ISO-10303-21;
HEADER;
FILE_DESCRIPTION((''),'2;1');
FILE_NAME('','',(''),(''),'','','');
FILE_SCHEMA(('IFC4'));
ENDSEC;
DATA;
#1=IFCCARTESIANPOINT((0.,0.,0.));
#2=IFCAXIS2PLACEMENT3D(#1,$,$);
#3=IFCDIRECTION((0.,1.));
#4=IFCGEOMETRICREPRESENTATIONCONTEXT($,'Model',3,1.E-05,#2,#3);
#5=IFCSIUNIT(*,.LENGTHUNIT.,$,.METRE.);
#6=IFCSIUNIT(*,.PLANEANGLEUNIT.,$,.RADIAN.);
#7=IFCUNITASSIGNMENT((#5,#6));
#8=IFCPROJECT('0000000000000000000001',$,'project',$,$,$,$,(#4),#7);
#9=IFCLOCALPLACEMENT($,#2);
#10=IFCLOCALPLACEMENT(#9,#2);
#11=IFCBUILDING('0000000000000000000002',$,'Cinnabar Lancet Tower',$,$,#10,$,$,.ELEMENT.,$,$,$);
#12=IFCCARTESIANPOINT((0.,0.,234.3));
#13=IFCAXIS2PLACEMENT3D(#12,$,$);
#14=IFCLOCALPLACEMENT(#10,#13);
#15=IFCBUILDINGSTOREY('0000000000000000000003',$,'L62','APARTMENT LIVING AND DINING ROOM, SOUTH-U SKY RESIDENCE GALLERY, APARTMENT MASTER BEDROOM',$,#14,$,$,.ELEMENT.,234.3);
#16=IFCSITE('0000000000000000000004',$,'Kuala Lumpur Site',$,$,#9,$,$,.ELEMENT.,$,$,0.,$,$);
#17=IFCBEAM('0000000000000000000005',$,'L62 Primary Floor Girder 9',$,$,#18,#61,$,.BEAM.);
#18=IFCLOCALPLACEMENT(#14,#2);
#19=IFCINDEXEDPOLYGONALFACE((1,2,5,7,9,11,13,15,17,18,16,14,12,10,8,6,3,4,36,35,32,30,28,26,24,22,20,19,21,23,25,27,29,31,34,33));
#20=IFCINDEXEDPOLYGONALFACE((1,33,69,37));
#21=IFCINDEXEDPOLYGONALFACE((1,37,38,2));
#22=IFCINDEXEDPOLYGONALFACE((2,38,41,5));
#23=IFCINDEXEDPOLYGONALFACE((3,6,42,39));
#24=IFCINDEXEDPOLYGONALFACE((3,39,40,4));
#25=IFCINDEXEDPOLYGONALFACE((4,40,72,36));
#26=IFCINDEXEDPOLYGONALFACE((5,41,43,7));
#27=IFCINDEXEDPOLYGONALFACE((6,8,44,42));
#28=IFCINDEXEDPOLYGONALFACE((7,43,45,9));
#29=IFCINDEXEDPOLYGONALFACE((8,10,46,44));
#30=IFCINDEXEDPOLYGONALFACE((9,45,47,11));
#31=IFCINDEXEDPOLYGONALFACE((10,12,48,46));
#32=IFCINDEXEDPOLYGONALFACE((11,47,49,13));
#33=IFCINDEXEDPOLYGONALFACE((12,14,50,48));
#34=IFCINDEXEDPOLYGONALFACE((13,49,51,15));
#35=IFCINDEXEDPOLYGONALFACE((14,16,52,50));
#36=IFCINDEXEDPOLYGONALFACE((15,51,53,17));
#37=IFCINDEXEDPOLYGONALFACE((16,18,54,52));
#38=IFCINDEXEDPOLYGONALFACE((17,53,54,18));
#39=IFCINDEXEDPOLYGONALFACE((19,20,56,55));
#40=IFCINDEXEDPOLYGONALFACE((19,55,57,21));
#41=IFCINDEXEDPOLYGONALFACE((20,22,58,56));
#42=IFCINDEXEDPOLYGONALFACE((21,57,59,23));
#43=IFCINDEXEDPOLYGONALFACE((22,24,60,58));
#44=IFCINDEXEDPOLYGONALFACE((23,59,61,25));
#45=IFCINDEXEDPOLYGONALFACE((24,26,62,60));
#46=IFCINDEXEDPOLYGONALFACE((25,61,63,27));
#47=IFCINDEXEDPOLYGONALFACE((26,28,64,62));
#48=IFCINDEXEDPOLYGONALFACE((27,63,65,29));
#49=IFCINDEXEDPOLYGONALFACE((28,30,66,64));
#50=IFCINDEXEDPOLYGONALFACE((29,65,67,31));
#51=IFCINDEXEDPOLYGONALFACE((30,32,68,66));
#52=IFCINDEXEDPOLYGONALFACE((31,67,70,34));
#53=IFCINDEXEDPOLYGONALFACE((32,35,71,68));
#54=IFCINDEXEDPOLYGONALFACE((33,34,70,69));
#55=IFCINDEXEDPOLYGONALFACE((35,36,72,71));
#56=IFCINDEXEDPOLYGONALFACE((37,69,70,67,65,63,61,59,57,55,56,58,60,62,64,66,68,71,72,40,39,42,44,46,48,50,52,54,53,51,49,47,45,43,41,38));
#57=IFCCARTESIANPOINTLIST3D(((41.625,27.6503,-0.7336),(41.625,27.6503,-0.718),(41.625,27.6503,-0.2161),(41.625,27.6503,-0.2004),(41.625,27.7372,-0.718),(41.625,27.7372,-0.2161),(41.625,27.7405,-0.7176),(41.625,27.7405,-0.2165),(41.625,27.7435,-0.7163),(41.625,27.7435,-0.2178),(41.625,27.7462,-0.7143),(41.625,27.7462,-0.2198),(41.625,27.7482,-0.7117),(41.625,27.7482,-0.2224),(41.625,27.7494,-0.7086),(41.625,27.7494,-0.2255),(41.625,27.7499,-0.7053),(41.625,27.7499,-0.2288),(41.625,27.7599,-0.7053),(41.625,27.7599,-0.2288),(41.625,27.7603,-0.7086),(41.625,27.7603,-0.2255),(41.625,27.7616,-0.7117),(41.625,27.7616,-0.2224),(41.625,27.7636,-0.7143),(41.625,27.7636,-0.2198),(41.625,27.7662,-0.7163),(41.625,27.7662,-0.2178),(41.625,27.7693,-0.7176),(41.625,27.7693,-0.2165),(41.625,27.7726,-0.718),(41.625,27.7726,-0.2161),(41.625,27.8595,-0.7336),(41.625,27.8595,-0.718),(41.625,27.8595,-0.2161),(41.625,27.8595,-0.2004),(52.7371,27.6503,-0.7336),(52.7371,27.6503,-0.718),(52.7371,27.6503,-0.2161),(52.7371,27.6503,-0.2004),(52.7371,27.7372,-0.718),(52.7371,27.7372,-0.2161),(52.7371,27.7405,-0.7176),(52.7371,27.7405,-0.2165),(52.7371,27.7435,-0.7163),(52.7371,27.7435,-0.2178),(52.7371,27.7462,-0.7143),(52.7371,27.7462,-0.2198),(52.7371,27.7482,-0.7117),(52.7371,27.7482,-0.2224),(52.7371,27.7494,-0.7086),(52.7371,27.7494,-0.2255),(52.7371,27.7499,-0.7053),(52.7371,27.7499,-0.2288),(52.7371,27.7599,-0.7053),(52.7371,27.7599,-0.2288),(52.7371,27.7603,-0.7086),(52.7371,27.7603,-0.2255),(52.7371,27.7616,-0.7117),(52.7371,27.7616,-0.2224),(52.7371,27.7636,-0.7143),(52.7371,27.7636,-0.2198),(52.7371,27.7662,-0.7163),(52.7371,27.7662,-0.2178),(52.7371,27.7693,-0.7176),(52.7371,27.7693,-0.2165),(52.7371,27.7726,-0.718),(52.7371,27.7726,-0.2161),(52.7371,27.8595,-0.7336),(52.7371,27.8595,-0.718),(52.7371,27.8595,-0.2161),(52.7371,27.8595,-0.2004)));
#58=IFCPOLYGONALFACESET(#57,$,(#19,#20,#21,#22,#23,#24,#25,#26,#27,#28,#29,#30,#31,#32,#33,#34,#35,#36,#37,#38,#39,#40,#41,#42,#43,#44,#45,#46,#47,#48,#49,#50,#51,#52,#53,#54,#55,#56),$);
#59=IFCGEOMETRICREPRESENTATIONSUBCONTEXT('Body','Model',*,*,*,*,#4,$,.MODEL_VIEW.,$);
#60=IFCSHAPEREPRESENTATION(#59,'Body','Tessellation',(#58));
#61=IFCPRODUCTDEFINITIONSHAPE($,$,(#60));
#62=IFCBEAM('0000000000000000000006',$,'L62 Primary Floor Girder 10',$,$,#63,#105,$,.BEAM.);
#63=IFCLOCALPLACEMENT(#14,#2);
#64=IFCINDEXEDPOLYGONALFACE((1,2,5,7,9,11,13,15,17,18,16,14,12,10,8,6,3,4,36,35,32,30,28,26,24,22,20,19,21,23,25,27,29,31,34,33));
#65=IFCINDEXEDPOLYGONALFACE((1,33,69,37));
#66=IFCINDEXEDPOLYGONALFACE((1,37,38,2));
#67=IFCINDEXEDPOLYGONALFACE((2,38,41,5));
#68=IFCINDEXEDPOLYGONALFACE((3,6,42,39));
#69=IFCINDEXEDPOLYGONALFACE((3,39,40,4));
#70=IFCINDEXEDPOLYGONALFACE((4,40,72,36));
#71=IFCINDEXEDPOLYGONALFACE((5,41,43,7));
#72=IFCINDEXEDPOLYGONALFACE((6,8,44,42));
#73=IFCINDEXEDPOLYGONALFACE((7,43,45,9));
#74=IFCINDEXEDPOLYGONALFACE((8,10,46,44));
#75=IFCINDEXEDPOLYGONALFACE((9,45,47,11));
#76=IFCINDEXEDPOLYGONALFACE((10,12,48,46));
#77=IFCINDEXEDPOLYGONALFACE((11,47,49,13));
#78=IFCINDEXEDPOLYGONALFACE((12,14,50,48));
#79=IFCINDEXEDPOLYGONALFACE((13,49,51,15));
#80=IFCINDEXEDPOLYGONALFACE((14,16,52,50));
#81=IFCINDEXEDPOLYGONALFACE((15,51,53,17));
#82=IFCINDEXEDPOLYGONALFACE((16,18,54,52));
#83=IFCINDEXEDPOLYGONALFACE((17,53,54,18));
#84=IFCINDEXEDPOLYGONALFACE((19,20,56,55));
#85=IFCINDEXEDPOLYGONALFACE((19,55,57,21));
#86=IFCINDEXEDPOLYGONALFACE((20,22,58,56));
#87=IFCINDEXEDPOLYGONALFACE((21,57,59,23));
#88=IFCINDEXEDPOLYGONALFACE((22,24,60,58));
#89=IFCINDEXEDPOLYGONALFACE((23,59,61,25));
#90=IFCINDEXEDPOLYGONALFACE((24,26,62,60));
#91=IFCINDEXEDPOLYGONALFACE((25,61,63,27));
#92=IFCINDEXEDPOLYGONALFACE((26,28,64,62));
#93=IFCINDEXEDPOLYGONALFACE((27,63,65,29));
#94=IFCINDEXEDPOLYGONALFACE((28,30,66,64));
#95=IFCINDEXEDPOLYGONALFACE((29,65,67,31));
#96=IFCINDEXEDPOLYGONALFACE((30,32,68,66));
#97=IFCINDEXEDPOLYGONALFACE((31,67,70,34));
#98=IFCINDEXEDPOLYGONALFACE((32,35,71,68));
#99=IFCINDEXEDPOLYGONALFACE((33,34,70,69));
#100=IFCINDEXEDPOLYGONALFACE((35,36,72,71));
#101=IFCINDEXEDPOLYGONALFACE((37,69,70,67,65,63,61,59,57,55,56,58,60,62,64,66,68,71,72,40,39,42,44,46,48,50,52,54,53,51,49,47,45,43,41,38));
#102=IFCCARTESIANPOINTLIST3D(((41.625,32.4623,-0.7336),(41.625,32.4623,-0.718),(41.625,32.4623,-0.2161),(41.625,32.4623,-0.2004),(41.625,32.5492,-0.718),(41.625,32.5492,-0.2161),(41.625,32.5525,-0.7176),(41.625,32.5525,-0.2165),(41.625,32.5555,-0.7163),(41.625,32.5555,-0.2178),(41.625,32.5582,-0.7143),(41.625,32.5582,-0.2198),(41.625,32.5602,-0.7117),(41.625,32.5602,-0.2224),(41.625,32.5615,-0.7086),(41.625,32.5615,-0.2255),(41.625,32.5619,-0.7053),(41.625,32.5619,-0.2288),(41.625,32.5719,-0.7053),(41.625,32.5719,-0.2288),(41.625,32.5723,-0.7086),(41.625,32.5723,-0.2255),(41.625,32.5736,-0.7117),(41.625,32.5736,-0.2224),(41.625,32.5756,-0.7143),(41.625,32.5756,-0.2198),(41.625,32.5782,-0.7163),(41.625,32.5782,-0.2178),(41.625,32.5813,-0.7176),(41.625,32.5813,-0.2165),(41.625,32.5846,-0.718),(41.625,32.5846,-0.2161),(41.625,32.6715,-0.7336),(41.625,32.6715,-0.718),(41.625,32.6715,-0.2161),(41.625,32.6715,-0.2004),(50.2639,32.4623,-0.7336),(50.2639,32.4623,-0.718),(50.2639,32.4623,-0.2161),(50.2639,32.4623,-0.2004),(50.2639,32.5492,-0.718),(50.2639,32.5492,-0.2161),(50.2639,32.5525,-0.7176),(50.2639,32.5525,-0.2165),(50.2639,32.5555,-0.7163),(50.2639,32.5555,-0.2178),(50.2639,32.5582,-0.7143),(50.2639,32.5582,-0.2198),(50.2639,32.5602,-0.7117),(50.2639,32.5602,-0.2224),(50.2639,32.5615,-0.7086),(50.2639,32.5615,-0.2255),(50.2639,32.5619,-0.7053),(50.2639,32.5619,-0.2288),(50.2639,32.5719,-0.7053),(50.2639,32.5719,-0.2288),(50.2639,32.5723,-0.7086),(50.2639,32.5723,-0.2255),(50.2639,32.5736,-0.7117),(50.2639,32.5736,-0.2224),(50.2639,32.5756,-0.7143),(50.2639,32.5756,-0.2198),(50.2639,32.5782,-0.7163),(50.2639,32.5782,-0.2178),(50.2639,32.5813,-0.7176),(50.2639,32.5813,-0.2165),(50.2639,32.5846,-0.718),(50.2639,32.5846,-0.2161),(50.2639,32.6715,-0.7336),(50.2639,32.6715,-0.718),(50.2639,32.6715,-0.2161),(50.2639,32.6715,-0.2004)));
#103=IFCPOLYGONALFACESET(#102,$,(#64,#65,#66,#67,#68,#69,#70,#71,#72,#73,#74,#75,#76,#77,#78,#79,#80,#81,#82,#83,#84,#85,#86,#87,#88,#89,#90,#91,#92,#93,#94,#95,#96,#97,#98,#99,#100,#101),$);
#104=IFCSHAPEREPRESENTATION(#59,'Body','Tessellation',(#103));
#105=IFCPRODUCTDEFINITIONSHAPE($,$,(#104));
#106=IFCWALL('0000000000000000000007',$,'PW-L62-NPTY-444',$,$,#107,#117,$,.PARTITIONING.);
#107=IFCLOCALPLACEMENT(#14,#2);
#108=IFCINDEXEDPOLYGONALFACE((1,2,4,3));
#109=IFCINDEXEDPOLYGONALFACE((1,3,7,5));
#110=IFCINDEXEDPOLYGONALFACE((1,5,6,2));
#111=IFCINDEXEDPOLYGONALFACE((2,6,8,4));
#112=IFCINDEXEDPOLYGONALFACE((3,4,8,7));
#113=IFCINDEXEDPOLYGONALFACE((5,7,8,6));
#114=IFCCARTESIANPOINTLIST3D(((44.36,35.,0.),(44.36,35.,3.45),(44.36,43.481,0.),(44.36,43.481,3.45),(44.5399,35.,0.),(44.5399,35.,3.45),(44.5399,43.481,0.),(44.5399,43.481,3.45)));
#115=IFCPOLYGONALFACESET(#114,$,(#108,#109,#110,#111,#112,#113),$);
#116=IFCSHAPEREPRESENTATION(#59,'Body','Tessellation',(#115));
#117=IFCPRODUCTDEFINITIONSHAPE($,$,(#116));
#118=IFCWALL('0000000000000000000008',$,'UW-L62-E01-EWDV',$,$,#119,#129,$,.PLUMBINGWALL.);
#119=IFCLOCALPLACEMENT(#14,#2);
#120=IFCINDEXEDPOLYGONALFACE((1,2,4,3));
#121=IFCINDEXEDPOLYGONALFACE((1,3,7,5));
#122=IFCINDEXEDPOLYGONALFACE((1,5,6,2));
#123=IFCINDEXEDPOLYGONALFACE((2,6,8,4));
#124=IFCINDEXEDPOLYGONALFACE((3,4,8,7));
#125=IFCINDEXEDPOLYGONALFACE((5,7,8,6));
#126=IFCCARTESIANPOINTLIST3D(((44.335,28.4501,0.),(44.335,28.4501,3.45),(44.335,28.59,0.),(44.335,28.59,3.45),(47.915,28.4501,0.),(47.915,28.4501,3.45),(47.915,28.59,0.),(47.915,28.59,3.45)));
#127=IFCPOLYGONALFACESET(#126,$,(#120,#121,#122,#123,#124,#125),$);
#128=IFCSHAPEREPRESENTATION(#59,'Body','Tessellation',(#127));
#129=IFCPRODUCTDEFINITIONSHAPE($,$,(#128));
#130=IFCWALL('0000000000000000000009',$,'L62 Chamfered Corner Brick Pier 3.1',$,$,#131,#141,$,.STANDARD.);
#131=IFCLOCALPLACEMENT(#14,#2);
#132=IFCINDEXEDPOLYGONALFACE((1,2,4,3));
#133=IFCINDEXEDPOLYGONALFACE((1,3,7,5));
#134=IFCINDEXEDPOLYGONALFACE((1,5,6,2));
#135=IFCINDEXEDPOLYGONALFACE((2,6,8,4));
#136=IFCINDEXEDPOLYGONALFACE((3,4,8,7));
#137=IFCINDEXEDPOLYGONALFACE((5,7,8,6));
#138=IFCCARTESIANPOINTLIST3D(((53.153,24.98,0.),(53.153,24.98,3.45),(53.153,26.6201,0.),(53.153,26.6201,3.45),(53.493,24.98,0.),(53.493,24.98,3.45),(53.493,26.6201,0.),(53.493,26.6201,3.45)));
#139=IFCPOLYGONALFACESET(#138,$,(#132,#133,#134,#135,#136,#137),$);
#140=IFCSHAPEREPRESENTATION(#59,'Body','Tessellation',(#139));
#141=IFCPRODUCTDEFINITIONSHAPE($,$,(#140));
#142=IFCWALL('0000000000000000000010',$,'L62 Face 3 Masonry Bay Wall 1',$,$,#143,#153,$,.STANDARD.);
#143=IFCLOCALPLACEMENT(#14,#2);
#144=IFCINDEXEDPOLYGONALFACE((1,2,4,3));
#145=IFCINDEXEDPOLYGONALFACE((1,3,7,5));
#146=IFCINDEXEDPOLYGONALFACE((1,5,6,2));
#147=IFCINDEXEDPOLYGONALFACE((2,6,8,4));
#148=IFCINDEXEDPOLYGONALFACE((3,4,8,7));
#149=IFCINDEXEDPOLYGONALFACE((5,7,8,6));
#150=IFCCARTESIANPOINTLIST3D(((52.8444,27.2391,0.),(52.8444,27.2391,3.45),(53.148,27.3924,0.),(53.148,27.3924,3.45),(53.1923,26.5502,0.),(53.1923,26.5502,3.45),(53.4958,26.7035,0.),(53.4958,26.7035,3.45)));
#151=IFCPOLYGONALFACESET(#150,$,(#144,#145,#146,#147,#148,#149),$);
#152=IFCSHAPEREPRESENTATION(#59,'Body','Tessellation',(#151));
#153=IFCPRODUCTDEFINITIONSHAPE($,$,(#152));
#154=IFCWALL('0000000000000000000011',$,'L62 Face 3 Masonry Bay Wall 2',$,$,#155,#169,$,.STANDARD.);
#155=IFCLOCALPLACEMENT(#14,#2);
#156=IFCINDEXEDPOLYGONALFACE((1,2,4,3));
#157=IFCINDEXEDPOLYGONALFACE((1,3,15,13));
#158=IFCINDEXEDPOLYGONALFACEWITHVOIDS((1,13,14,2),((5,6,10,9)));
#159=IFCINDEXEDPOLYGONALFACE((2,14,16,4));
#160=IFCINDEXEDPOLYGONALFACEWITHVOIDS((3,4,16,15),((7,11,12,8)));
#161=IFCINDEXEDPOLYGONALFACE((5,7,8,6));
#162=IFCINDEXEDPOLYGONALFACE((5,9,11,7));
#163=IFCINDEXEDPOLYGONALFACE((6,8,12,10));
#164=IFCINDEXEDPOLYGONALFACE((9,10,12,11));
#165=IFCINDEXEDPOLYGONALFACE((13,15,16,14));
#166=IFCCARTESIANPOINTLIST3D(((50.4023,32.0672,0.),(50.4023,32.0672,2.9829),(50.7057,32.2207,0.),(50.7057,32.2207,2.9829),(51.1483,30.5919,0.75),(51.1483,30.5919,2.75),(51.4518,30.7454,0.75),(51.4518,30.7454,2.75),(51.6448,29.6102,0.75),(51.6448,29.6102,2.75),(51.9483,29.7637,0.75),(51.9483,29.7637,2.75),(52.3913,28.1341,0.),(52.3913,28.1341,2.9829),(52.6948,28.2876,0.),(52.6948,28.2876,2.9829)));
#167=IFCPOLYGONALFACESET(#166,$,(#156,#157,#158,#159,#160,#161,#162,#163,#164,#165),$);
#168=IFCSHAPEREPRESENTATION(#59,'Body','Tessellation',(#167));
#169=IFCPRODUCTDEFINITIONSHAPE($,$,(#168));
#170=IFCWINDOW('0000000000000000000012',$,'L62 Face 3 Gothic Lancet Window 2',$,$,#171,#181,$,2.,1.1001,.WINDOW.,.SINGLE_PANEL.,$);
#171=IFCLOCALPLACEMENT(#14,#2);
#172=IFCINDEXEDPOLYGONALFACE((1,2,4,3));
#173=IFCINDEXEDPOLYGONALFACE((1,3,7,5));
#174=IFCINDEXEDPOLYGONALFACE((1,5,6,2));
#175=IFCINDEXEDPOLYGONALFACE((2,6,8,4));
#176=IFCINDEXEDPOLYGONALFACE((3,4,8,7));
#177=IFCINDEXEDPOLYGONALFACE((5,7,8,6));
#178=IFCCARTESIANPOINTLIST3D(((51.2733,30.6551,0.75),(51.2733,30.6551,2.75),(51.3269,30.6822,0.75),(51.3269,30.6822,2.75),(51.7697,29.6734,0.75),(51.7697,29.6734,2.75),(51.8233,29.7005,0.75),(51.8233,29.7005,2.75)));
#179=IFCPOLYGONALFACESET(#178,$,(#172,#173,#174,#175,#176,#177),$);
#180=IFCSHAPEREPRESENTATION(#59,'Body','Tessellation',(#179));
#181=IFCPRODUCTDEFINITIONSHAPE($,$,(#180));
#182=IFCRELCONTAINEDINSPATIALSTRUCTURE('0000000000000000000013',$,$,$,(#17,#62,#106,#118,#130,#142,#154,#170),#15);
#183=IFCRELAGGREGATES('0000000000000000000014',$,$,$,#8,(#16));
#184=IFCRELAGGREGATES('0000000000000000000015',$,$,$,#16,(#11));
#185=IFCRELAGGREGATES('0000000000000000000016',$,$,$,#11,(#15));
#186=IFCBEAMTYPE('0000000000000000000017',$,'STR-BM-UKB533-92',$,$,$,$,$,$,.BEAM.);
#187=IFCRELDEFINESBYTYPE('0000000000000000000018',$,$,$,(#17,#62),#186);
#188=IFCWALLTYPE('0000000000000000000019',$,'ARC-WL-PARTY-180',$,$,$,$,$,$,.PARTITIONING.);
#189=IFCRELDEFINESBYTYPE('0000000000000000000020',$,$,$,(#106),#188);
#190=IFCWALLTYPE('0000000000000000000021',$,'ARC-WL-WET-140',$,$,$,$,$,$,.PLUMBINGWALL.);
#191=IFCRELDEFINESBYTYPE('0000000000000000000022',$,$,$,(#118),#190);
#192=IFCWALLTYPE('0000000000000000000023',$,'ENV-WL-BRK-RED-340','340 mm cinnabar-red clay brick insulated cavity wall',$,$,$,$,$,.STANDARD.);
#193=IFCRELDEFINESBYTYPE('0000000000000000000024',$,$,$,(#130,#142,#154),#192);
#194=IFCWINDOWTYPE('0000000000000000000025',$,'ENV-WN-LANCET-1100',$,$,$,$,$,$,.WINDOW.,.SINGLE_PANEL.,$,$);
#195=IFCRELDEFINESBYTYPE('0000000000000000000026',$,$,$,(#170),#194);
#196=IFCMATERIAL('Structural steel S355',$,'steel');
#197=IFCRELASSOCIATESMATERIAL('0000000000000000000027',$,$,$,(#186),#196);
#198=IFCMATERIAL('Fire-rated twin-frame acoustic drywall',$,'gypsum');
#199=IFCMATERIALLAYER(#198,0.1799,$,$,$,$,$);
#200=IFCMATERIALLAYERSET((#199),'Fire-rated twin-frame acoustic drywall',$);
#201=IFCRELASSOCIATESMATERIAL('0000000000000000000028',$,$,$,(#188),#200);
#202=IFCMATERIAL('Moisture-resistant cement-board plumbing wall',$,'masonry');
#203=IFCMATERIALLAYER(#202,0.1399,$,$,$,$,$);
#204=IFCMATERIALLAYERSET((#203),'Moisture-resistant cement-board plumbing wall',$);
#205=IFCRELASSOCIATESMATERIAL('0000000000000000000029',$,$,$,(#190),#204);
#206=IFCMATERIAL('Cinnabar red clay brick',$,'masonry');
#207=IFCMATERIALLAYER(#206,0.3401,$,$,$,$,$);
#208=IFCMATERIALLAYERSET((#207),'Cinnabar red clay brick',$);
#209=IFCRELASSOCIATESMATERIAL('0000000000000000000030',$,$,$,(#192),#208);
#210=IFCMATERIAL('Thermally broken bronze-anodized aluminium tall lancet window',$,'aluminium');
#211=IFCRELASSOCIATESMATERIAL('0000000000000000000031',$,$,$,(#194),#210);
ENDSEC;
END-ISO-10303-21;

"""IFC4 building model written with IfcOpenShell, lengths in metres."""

from ifc_helpers import new_model, si_unit, direction, frame, frame_2d, origin, origin_2d, place, context, subcontext, project, spatial, rectangle, i_section, extrude, material, layer, layer_set, material_profile, profile_set, type_object, element, fill, save


model = new_model("IFC4")

# Units and contexts
model_context = context("Model", 3, precision=1e-05, world=origin(), true_north=direction((0.0, 1.0)))
body_context = subcontext(model_context, "Body", "Model", "MODEL_VIEW")
ifc_project = project(units=[si_unit("LENGTHUNIT", "METRE"), si_unit("PLANEANGLEUNIT", "RADIAN")], contexts=[model_context])

# Site, building, storey
site_placement = place(None, origin())
site = spatial("IfcSite", under=ifc_project, at=site_placement, Name="Kuala Lumpur Site", CompositionType="ELEMENT", RefElevation=0.0)
building_placement = place(site_placement, origin())
building = spatial("IfcBuilding", under=site, at=building_placement, Name="Cinnabar Lancet Tower", CompositionType="ELEMENT")
storey_placement = place(building_placement, frame((0.0, 0.0, 234.3)))
storey = spatial("IfcBuildingStorey", under=building, at=storey_placement, Name="L62", Description="APARTMENT LIVING AND DINING ROOM, SOUTH-U SKY RESIDENCE GALLERY, APARTMENT MASTER BEDROOM", CompositionType="ELEMENT", Elevation=234.3)

# Beams
ifc_material_1 = material(Name="Structural steel S355", Category="steel")
ifc_material_profile_1 = material_profile(ifc_material_1, i_section(OverallWidth=0.2092, OverallDepth=0.5332, WebThickness=0.01, FlangeThickness=0.0156, FilletRadius=0.0127, at=origin_2d()), Name="UKB 533x210x92")
ifc_profile_set_1 = profile_set([ifc_material_profile_1], Name="Structural steel S355")
beam_type_1 = type_object("IfcBeamType", Name="STR-BM-UKB533-92", PredefinedType="BEAM", material=ifc_profile_set_1)
beam_1_placement = place(storey_placement, frame((52.7371, 27.7549, -0.467), z_axis=(-1.0, 0.0, 0.0), x_axis=(0.0, -1.0, 0.0)))
element("IfcBeam", 1, at=beam_1_placement, inside=storey, type_object=beam_type_1, Name="L62 Primary Floor Girder 9", PredefinedType="BEAM", context=body_context, shape_type="SweptSolid", body=[
    extrude(i_section(OverallWidth=0.2092, OverallDepth=0.5332, WebThickness=0.01, FlangeThickness=0.0156, FilletRadius=0.0127, at=origin_2d()), origin(), (0.0, 0.0, 1.0), 11.1121),
])
beam_2_placement = place(storey_placement, frame((50.2639, 32.5669, -0.467), z_axis=(-1.0, 0.0, 0.0), x_axis=(0.0, -1.0, 0.0)))
element("IfcBeam", 2, at=beam_2_placement, inside=storey, type_object=beam_type_1, Name="L62 Primary Floor Girder 10", PredefinedType="BEAM", context=body_context, shape_type="SweptSolid", body=[
    extrude(i_section(OverallWidth=0.2092, OverallDepth=0.5332, WebThickness=0.01, FlangeThickness=0.0156, FilletRadius=0.0127, at=origin_2d()), origin(), (0.0, 0.0, 1.0), 8.6389),
])

# Walls
ifc_material_2 = material(Name="Fire-rated twin-frame acoustic drywall", Category="gypsum")
ifc_layer_1 = layer(ifc_material_2, 0.1799)
ifc_layer_set_1 = layer_set([ifc_layer_1], Name="Fire-rated twin-frame acoustic drywall")
wall_type_1 = type_object("IfcWallType", Name="ARC-WL-PARTY-180", PredefinedType="PARTITIONING", material=ifc_layer_set_1)
wall_1_placement = place(storey_placement, frame((44.45, 35.0, 0.0), z_axis=(0.0, 0.0, 1.0), x_axis=(0.0, 1.0, 0.0)))
element("IfcWall", 3, at=wall_1_placement, inside=storey, type_object=wall_type_1, Name="PW-L62-NPTY-444", PredefinedType="PARTITIONING", context=body_context, shape_type="SweptSolid", body=[
    extrude(rectangle(XDim=8.481, YDim=0.1799, at=frame_2d((4.2405, 0.0))), origin(), (0.0, 0.0, 1.0), 3.45),
])
ifc_material_3 = material(Name="Moisture-resistant cement-board plumbing wall", Category="masonry")
ifc_layer_2 = layer(ifc_material_3, 0.1399)
ifc_layer_set_2 = layer_set([ifc_layer_2], Name="Moisture-resistant cement-board plumbing wall")
wall_type_2 = type_object("IfcWallType", Name="ARC-WL-WET-140", PredefinedType="PLUMBINGWALL", material=ifc_layer_set_2)
wall_2_placement = place(storey_placement, frame((44.335, 28.52, 0.0), z_axis=(0.0, 0.0, 1.0), x_axis=(1.0, 0.0, 0.0)))
element("IfcWall", 4, at=wall_2_placement, inside=storey, type_object=wall_type_2, Name="UW-L62-E01-EWDV", PredefinedType="PLUMBINGWALL", context=body_context, shape_type="SweptSolid", body=[
    extrude(rectangle(XDim=3.5801, YDim=0.1399, at=frame_2d((1.79, 0.0))), origin(), (0.0, 0.0, 1.0), 3.45),
])
ifc_material_4 = material(Name="Cinnabar red clay brick", Category="masonry")
ifc_layer_3 = layer(ifc_material_4, 0.3401)
ifc_layer_set_3 = layer_set([ifc_layer_3], Name="Cinnabar red clay brick")
wall_type_3 = type_object("IfcWallType", Name="ENV-WL-BRK-RED-340", Description="340 mm cinnabar-red clay brick insulated cavity wall", PredefinedType="STANDARD", material=ifc_layer_set_3)
wall_3_placement = place(storey_placement, frame((53.323, 24.98, 0.0), z_axis=(0.0, 0.0, 1.0), x_axis=(0.0, 1.0, 0.0)))
element("IfcWall", 5, at=wall_3_placement, inside=storey, type_object=wall_type_3, Name="L62 Chamfered Corner Brick Pier 3.1", PredefinedType="STANDARD", context=body_context, shape_type="SweptSolid", body=[
    extrude(rectangle(XDim=1.6401, YDim=0.3401, at=frame_2d((0.8201, 0.0))), origin(), (0.0, 0.0, 1.0), 3.45),
])
wall_4_placement = place(storey_placement, frame((53.344, 26.627, 0.0), z_axis=(0.0, 0.0, 1.0), x_axis=(-0.450753, 0.892649, 0.0)))
element("IfcWall", 6, at=wall_4_placement, inside=storey, type_object=wall_type_3, Name="L62 Face 3 Masonry Bay Wall 1", PredefinedType="STANDARD", context=body_context, shape_type="SweptSolid", body=[
    extrude(rectangle(XDim=0.7717, YDim=0.3401, at=frame_2d((0.3857, 0.0))), origin(), (0.0, 0.0, 1.0), 3.45),
])

# Wall, opening, window
wall_5_placement = place(storey_placement, frame((52.543, 28.2109, 0.0), z_axis=(0.0, 0.0, 1.0), x_axis=(-0.451286, 0.892379, 0.0)))
wall_5 = element("IfcWall", 7, at=wall_5_placement, inside=storey, type_object=wall_type_3, Name="L62 Face 3 Masonry Bay Wall 2", PredefinedType="STANDARD", context=body_context, shape_type="SweptSolid", body=[
    extrude(rectangle(XDim=4.4075, YDim=0.3401, at=frame_2d((2.2036, 0.0))), origin(), (0.0, 0.0, 1.0), 2.9829),
])
opening_1_placement = place(wall_5_placement, frame((1.6541, 0.0, 0.75)))
opening_1 = element("IfcOpeningElement", 8, at=opening_1_placement, cuts=wall_5, PredefinedType="OPENING", context=body_context, shape_type="SweptSolid", body=[
    extrude(rectangle(XDim=1.1001, YDim=2.0, at=frame_2d((0.55, 1.0))), frame((0.0, 0.1799, 0.0), z_axis=(0.0, -1.0, 0.0), x_axis=(1.0, 0.0, 0.0)), (0.0, 0.0, 1.0), 0.3601),
])
ifc_material_5 = material(Name="Thermally broken bronze-anodized aluminium tall lancet window", Category="aluminium")
window_type_1 = type_object("IfcWindowType", Name="ENV-WN-LANCET-1100", PartitioningType="SINGLE_PANEL", PredefinedType="WINDOW", material=ifc_material_5)
window_1_placement = place(opening_1_placement, origin())
window_1 = element("IfcWindow", 9, at=window_1_placement, inside=storey, type_object=window_type_1, Name="L62 Face 3 Gothic Lancet Window 2", OverallHeight=2.0, OverallWidth=1.1001, PartitioningType="SINGLE_PANEL", PredefinedType="WINDOW", context=body_context, shape_type="SweptSolid", body=[
    extrude(rectangle(XDim=1.1001, YDim=2.0, at=frame_2d((0.55, 1.0))), frame((0.0, 0.03, 0.0), z_axis=(0.0, -1.0, 0.0), x_axis=(1.0, 0.0, 0.0)), (0.0, 0.0, 1.0), 0.0601),
])
fill(opening_1, window_1)

save(model, "model.ifc")
